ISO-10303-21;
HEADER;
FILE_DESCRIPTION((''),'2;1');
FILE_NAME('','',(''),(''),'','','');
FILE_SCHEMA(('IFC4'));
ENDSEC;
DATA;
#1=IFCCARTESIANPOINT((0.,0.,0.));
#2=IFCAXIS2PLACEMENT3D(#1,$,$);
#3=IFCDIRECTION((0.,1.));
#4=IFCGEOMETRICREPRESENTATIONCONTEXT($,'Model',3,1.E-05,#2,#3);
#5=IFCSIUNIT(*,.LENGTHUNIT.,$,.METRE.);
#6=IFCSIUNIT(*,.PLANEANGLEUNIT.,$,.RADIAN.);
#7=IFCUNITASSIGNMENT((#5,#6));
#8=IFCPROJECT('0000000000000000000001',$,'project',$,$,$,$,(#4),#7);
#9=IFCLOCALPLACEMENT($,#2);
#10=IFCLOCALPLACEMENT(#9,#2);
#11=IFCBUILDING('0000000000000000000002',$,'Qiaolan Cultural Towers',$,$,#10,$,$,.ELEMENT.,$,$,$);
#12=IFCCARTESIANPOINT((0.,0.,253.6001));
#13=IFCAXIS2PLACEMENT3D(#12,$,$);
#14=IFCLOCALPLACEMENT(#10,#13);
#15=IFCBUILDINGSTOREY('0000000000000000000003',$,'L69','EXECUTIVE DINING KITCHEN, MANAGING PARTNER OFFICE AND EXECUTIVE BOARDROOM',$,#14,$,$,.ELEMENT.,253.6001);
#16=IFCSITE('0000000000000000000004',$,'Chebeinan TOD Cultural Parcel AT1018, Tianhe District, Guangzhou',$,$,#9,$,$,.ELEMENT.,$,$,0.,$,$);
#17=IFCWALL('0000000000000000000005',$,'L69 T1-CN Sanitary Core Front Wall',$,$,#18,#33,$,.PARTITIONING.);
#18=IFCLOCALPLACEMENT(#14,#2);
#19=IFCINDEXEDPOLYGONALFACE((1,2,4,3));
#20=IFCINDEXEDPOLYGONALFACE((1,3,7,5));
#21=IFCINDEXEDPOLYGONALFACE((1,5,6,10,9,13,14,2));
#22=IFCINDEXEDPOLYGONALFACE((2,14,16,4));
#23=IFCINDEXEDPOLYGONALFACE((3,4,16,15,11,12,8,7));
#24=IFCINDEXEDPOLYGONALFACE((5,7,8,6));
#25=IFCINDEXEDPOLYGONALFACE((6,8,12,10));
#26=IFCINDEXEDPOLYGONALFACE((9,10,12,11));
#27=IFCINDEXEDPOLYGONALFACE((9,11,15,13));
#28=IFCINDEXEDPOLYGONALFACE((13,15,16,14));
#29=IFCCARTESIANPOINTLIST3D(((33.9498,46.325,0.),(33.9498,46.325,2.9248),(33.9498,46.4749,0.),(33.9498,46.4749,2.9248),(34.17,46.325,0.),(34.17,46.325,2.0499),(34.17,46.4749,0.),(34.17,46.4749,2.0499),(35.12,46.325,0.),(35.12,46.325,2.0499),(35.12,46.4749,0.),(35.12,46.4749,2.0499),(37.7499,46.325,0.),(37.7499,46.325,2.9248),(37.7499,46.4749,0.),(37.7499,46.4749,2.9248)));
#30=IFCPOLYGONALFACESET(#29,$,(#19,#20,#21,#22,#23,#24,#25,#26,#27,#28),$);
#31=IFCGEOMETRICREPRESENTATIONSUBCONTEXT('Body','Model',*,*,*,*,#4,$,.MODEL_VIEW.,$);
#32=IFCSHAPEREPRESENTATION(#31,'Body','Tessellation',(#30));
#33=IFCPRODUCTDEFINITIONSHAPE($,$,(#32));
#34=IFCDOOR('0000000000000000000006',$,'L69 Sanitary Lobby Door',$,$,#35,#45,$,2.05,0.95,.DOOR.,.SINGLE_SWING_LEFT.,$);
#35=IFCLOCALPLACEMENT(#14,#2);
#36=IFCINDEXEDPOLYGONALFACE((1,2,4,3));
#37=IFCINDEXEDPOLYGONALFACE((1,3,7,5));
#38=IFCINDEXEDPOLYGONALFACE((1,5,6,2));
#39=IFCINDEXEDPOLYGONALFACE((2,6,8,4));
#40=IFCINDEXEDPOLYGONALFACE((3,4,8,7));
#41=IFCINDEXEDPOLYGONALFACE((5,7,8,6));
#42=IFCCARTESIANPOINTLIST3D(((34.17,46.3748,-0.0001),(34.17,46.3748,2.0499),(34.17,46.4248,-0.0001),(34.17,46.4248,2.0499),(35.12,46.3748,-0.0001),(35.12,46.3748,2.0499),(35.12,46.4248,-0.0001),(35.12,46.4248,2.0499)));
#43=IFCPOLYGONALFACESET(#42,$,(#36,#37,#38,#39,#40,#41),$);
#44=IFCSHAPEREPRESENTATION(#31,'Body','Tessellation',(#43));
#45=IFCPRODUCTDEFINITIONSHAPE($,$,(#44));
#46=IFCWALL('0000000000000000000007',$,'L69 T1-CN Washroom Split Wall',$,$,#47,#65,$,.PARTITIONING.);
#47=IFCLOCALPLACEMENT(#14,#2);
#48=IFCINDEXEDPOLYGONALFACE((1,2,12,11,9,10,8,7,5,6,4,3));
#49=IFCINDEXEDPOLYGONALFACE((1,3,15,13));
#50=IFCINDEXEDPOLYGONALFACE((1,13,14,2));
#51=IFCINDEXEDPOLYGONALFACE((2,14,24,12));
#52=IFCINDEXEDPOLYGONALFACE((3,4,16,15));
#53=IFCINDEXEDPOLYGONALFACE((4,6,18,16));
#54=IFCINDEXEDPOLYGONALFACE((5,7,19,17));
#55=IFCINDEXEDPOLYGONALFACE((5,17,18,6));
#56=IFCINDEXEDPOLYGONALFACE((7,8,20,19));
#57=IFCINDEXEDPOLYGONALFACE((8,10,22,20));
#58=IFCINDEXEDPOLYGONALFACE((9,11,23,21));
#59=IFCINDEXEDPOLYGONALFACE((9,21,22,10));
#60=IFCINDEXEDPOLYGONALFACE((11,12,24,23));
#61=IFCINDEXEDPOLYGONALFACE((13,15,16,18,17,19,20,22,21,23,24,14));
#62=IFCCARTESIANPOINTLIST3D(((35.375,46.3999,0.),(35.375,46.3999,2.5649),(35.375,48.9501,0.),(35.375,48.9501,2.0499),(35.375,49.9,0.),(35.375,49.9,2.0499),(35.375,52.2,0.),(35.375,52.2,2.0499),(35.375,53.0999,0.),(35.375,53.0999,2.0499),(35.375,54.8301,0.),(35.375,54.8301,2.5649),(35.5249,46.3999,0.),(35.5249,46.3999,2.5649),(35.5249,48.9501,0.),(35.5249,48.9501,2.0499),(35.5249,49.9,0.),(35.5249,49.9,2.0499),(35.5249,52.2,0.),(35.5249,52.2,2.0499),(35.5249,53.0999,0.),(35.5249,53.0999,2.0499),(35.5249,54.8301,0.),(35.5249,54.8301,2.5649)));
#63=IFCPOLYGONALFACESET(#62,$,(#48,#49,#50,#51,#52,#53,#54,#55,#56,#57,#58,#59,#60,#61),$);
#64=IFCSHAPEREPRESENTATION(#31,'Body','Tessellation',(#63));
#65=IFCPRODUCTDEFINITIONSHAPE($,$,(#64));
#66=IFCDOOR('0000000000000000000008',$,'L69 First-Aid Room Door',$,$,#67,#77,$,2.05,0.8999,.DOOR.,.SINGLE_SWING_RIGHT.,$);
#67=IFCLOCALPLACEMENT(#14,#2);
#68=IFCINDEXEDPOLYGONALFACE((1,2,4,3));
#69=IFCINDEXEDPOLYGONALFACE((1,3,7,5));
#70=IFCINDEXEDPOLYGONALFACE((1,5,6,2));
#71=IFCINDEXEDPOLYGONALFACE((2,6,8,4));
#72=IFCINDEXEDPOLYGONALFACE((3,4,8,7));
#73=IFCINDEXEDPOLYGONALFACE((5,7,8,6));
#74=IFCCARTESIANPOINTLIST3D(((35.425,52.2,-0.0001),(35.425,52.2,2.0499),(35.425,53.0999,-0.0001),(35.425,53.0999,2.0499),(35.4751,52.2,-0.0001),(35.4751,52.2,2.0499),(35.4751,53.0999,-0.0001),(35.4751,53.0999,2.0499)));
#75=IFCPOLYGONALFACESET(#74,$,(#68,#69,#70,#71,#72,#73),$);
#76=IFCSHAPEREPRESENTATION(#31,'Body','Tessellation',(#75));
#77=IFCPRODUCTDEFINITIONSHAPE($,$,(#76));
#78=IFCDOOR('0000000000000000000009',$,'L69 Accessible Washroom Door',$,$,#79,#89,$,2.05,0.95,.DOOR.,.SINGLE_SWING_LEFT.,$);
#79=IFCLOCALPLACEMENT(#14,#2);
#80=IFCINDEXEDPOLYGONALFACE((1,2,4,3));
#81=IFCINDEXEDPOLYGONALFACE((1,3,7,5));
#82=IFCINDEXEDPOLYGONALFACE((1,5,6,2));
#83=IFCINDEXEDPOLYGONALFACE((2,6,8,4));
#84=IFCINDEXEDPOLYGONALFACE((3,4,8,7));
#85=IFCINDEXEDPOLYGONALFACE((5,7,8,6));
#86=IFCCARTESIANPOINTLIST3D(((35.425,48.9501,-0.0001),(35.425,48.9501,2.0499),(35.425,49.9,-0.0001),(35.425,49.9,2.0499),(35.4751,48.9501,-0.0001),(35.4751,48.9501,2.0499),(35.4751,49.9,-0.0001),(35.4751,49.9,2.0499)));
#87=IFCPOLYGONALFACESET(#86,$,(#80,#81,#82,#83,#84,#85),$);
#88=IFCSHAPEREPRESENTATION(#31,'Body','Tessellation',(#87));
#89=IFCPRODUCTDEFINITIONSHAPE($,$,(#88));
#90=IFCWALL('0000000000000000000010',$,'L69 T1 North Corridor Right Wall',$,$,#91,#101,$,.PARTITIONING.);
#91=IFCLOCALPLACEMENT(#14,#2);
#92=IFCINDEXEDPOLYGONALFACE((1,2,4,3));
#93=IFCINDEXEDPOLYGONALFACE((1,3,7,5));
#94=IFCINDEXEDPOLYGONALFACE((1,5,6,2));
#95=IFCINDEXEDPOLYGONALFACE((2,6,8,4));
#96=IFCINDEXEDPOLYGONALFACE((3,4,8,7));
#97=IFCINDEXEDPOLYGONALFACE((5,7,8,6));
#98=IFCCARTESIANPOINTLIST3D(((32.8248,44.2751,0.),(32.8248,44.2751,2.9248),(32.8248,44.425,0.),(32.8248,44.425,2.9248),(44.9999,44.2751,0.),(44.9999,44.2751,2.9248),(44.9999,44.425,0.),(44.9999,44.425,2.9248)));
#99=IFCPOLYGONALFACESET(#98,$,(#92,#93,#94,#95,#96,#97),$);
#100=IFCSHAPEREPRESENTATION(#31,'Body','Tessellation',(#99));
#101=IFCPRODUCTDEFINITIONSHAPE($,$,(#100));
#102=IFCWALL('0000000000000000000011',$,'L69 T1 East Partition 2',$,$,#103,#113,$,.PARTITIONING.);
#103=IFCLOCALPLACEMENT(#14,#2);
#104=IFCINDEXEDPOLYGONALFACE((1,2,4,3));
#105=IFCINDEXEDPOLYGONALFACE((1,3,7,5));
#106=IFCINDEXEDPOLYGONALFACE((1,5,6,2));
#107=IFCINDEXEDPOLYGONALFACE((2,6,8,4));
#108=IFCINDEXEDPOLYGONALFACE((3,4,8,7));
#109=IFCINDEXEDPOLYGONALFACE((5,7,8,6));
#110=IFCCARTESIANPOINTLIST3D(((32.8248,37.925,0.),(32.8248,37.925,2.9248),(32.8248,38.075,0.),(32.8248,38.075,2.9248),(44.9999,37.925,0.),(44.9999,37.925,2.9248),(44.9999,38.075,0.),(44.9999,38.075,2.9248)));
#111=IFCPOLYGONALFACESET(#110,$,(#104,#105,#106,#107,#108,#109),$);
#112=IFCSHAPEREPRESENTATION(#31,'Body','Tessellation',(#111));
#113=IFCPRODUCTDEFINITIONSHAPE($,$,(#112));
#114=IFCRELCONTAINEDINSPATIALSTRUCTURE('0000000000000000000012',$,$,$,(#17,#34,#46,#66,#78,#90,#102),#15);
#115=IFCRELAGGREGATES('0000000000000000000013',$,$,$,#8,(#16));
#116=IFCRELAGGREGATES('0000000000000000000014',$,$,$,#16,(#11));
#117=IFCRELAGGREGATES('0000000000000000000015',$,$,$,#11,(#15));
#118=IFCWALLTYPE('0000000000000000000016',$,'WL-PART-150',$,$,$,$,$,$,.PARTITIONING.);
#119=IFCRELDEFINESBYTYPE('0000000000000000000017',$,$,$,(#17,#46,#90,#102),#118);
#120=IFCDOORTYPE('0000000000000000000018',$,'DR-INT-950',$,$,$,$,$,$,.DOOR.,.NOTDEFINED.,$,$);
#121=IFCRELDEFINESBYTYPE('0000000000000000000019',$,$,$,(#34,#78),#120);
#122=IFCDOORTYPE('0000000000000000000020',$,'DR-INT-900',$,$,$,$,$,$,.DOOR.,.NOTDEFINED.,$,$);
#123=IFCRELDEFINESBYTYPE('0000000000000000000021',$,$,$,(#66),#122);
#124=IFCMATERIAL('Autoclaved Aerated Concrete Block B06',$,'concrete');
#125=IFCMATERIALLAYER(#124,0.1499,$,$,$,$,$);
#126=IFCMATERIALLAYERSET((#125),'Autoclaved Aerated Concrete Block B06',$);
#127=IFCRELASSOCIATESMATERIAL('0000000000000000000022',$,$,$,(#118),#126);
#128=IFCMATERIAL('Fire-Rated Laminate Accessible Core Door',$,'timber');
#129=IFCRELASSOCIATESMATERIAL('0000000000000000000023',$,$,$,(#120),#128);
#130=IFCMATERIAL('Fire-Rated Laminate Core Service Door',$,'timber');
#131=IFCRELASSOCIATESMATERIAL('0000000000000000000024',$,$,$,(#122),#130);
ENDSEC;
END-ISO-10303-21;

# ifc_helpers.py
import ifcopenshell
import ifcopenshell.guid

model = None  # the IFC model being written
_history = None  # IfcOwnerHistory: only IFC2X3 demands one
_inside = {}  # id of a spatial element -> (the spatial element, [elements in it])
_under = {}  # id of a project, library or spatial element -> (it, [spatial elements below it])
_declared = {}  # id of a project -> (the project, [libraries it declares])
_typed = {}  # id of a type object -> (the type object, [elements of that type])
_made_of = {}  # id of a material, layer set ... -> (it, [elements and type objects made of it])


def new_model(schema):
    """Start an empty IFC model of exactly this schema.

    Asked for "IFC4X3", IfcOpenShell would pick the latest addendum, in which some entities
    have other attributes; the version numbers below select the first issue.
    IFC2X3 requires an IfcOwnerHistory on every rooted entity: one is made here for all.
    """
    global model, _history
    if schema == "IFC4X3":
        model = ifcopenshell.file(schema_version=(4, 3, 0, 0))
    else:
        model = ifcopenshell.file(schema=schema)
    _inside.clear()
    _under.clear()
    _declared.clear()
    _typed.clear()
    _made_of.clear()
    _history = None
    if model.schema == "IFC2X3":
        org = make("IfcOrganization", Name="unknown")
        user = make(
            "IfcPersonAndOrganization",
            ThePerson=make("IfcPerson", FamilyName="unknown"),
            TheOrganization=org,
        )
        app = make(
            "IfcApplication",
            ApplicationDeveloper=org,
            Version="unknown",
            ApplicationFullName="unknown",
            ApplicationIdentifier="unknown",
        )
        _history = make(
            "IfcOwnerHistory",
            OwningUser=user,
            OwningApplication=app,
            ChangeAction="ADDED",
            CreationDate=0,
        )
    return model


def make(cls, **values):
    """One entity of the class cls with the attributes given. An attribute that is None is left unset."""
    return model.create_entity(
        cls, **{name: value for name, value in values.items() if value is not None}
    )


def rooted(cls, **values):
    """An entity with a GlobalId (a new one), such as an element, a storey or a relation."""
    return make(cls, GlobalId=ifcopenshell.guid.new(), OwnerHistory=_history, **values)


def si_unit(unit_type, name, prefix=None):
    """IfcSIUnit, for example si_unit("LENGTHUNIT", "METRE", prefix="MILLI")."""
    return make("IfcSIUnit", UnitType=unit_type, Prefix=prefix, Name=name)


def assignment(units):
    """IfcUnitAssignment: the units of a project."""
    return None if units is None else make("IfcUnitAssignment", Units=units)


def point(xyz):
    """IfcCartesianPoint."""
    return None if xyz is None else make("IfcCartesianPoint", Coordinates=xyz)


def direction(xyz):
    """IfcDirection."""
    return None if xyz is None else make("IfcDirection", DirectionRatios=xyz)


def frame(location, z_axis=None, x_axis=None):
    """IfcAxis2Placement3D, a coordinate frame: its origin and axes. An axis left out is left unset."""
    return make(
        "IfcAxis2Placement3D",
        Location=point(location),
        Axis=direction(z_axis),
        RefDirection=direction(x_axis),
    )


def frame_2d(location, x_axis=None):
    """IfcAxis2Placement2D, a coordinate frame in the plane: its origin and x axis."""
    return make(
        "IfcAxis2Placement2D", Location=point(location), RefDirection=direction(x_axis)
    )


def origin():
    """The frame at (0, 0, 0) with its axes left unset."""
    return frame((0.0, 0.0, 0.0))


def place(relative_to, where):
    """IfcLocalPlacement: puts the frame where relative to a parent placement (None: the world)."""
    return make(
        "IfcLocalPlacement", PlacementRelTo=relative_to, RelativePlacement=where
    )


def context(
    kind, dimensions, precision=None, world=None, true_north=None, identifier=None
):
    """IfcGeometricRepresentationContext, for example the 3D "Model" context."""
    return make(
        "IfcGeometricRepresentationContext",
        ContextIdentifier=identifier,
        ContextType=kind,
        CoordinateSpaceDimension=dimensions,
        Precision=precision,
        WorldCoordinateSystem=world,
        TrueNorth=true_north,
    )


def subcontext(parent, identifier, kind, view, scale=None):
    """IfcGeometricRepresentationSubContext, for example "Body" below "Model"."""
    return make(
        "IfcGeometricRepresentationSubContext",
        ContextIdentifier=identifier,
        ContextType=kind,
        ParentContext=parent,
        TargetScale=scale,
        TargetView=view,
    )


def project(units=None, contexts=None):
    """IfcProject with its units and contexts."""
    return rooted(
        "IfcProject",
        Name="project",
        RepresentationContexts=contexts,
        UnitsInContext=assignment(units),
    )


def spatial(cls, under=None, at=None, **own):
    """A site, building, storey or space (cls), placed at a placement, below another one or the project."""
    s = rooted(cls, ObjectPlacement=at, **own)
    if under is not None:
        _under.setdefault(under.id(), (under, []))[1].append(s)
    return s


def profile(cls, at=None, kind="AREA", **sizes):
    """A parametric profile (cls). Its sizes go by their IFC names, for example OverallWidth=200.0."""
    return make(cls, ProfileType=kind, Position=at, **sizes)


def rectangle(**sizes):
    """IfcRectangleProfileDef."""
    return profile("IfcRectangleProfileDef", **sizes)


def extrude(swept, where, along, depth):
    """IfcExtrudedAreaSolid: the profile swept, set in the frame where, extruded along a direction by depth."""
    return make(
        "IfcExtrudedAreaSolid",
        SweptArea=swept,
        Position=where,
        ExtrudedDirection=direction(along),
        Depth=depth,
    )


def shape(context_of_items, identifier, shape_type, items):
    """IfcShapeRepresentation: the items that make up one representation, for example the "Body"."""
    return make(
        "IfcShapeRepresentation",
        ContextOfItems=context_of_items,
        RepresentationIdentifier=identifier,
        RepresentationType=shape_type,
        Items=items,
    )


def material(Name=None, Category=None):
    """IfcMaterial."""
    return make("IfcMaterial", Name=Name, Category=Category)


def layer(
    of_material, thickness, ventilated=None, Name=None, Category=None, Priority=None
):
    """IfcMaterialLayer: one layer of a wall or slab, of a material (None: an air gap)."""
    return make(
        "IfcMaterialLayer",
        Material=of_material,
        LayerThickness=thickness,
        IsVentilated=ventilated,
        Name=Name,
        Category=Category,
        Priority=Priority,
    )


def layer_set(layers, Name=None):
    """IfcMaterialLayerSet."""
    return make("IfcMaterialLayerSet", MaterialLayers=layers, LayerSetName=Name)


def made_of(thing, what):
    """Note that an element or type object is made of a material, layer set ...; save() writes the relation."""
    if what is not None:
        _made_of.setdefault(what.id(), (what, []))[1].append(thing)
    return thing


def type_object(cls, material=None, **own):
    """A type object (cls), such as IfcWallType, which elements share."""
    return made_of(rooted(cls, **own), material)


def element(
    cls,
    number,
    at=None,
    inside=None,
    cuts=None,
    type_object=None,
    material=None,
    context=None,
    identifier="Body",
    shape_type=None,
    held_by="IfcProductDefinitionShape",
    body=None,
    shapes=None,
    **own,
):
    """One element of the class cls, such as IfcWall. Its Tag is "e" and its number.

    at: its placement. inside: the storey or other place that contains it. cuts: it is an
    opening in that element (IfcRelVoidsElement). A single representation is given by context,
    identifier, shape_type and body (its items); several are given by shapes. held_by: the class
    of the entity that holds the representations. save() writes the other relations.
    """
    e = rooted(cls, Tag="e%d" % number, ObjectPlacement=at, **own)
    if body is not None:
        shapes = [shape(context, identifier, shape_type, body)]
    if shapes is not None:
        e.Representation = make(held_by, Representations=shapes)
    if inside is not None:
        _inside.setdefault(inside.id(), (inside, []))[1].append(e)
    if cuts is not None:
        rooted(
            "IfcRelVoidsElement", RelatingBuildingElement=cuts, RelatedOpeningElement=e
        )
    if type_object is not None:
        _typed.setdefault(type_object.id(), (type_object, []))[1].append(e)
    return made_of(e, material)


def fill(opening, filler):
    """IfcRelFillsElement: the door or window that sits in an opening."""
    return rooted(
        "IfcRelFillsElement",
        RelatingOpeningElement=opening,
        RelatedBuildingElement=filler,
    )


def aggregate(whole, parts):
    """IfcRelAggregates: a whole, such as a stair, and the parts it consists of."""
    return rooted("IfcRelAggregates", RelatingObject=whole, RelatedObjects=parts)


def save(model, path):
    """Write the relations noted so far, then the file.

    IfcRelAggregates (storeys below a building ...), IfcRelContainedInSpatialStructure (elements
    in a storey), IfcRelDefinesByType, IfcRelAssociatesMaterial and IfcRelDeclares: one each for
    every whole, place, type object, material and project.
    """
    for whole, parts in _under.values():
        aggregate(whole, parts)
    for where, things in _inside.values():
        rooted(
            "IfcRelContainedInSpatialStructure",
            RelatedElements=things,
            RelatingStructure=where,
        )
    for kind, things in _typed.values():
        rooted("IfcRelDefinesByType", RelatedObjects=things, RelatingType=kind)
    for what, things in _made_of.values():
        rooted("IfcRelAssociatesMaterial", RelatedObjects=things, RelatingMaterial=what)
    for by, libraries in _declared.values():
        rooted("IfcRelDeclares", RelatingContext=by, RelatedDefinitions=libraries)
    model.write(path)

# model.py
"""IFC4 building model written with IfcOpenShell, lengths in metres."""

from ifc_helpers import new_model, si_unit, direction, frame, frame_2d, origin, place, context, subcontext, project, spatial, rectangle, extrude, material, layer, layer_set, type_object, element, fill, save


model = new_model("IFC4")

# Units and contexts
model_context = context("Model", 3, precision=1e-05, world=origin(), true_north=direction((0.0, 1.0)))
body_context = subcontext(model_context, "Body", "Model", "MODEL_VIEW")
ifc_project = project(units=[si_unit("LENGTHUNIT", "METRE"), si_unit("PLANEANGLEUNIT", "RADIAN")], contexts=[model_context])

# Site, building, storey
site_placement = place(None, origin())
site = spatial("IfcSite", under=ifc_project, at=site_placement, Name="Chebeinan TOD Cultural Parcel AT1018, Tianhe District, Guangzhou", CompositionType="ELEMENT", RefElevation=0.0)
building_placement = place(site_placement, origin())
building = spatial("IfcBuilding", under=site, at=building_placement, Name="Qiaolan Cultural Towers", CompositionType="ELEMENT")
storey_placement = place(building_placement, frame((0.0, 0.0, 253.6001)))
storey = spatial("IfcBuildingStorey", under=building, at=storey_placement, Name="L69", Description="EXECUTIVE DINING KITCHEN, MANAGING PARTNER OFFICE AND EXECUTIVE BOARDROOM", CompositionType="ELEMENT", Elevation=253.6001)

# Shared definitions
ifc_material_1 = material(Name="Autoclaved Aerated Concrete Block B06", Category="concrete")
ifc_layer_1 = layer(ifc_material_1, 0.1499)
ifc_layer_set_1 = layer_set([ifc_layer_1], Name="Autoclaved Aerated Concrete Block B06")
wall_type_1 = type_object("IfcWallType", Name="WL-PART-150", PredefinedType="PARTITIONING", material=ifc_layer_set_1)
ifc_material_2 = material(Name="Fire-Rated Laminate Accessible Core Door", Category="timber")
door_type_1 = type_object("IfcDoorType", Name="DR-INT-950", OperationType="NOTDEFINED", PredefinedType="DOOR", material=ifc_material_2)

# Wall, opening, door
wall_1_placement = place(storey_placement, frame((33.95, 46.3999, 0.0), z_axis=(0.0, 0.0, 1.0), x_axis=(1.0, 0.0, 0.0)))
wall_1 = element("IfcWall", 1, at=wall_1_placement, inside=storey, type_object=wall_type_1, Name="L69 T1-CN Sanitary Core Front Wall", PredefinedType="PARTITIONING", context=body_context, shape_type="SweptSolid", body=[
    extrude(rectangle(XDim=3.8, YDim=0.1499, at=frame_2d((1.8999, 0.0))), origin(), (0.0, 0.0, 1.0), 2.9248),
])
opening_1_placement = place(wall_1_placement, frame((0.22, 0.0, 0.0)))
opening_1 = element("IfcOpeningElement", 2, at=opening_1_placement, cuts=wall_1, PredefinedType="OPENING", context=body_context, shape_type="SweptSolid", body=[
    extrude(rectangle(XDim=0.95, YDim=2.05, at=frame_2d((0.4751, 1.0249))), frame((0.0, 0.085, 0.0), z_axis=(0.0, -1.0, 0.0), x_axis=(1.0, 0.0, 0.0)), (0.0, 0.0, 1.0), 0.1699),
])
door_1_placement = place(opening_1_placement, origin())
door_1 = element("IfcDoor", 3, at=door_1_placement, inside=storey, type_object=door_type_1, Name="L69 Sanitary Lobby Door", OperationType="SINGLE_SWING_LEFT", OverallHeight=2.05, OverallWidth=0.95, PredefinedType="DOOR", context=body_context, shape_type="SweptSolid", body=[
    extrude(rectangle(XDim=0.95, YDim=2.05, at=frame_2d((0.4751, 1.0249))), frame((0.0, 0.0249, 0.0), z_axis=(0.0, -1.0, 0.0), x_axis=(1.0, 0.0, 0.0)), (0.0, 0.0, 1.0), 0.05),
])
fill(opening_1, door_1)

# Wall, openings, doors
wall_2_placement = place(storey_placement, frame((35.45, 46.3999, 0.0), z_axis=(0.0, 0.0, 1.0), x_axis=(0.0, 1.0, 0.0)))
wall_2 = element("IfcWall", 4, at=wall_2_placement, inside=storey, type_object=wall_type_1, Name="L69 T1-CN Washroom Split Wall", PredefinedType="PARTITIONING", context=body_context, shape_type="SweptSolid", body=[
    extrude(rectangle(XDim=8.4302, YDim=0.1499, at=frame_2d((4.2151, 0.0))), origin(), (0.0, 0.0, 1.0), 2.5649),
])
opening_2_placement = place(wall_2_placement, frame((2.55, 0.0, 0.0)))
opening_2 = element("IfcOpeningElement", 5, at=opening_2_placement, cuts=wall_2, PredefinedType="OPENING", context=body_context, shape_type="SweptSolid", body=[
    extrude(rectangle(XDim=0.95, YDim=2.05, at=frame_2d((0.4751, 1.0249))), frame((0.0, 0.085, 0.0), z_axis=(0.0, -1.0, 0.0), x_axis=(1.0, 0.0, 0.0)), (0.0, 0.0, 1.0), 0.1699),
])
opening_3_placement = place(wall_2_placement, frame((5.8, 0.0, 0.0)))
opening_3 = element("IfcOpeningElement", 6, at=opening_3_placement, cuts=wall_2, PredefinedType="OPENING", context=body_context, shape_type="SweptSolid", body=[
    extrude(rectangle(XDim=0.8999, YDim=2.05, at=frame_2d((0.45, 1.0249))), frame((0.0, 0.085, 0.0), z_axis=(0.0, -1.0, 0.0), x_axis=(1.0, 0.0, 0.0)), (0.0, 0.0, 1.0), 0.1699),
])
ifc_material_3 = material(Name="Fire-Rated Laminate Core Service Door", Category="timber")
door_type_2 = type_object("IfcDoorType", Name="DR-INT-900", OperationType="NOTDEFINED", PredefinedType="DOOR", material=ifc_material_3)
door_2_placement = place(opening_3_placement, origin())
door_2 = element("IfcDoor", 7, at=door_2_placement, inside=storey, type_object=door_type_2, Name="L69 First-Aid Room Door", OperationType="SINGLE_SWING_RIGHT", OverallHeight=2.05, OverallWidth=0.8999, PredefinedType="DOOR", context=body_context, shape_type="SweptSolid", body=[
    extrude(rectangle(XDim=0.8999, YDim=2.05, at=frame_2d((0.45, 1.0249))), frame((0.0, 0.0249, 0.0), z_axis=(0.0, -1.0, 0.0), x_axis=(1.0, 0.0, 0.0)), (0.0, 0.0, 1.0), 0.05),
])
fill(opening_3, door_2)
door_3_placement = place(opening_2_placement, origin())
door_3 = element("IfcDoor", 8, at=door_3_placement, inside=storey, type_object=door_type_1, Name="L69 Accessible Washroom Door", OperationType="SINGLE_SWING_LEFT", OverallHeight=2.05, OverallWidth=0.95, PredefinedType="DOOR", context=body_context, shape_type="SweptSolid", body=[
    extrude(rectangle(XDim=0.95, YDim=2.05, at=frame_2d((0.4751, 1.0249))), frame((0.0, 0.0249, 0.0), z_axis=(0.0, -1.0, 0.0), x_axis=(1.0, 0.0, 0.0)), (0.0, 0.0, 1.0), 0.05),
])
fill(opening_2, door_3)

# Walls
for number, where, z_axis, x_axis, name in (
    (9, (32.825, 44.3501, 0.0), (0.0, 0.0, 1.0), (1.0, 0.0, 0.0), "L69 T1 North Corridor Right Wall"),
    (10, (32.825, 38.0, 0.0), (0.0, 0.0, 1.0), (1.0, 0.0, 0.0), "L69 T1 East Partition 2"),
):
    element("IfcWall", number, at=place(storey_placement, frame(where, z_axis=z_axis, x_axis=x_axis)), inside=storey, type_object=wall_type_1, Name=name, PredefinedType="PARTITIONING", context=body_context, shape_type="SweptSolid", body=[
        extrude(rectangle(XDim=12.175, YDim=0.1499, at=frame_2d((6.0874, 0.0))), origin(), (0.0, 0.0, 1.0), 2.9248),
    ])

save(model, "model.ifc")
